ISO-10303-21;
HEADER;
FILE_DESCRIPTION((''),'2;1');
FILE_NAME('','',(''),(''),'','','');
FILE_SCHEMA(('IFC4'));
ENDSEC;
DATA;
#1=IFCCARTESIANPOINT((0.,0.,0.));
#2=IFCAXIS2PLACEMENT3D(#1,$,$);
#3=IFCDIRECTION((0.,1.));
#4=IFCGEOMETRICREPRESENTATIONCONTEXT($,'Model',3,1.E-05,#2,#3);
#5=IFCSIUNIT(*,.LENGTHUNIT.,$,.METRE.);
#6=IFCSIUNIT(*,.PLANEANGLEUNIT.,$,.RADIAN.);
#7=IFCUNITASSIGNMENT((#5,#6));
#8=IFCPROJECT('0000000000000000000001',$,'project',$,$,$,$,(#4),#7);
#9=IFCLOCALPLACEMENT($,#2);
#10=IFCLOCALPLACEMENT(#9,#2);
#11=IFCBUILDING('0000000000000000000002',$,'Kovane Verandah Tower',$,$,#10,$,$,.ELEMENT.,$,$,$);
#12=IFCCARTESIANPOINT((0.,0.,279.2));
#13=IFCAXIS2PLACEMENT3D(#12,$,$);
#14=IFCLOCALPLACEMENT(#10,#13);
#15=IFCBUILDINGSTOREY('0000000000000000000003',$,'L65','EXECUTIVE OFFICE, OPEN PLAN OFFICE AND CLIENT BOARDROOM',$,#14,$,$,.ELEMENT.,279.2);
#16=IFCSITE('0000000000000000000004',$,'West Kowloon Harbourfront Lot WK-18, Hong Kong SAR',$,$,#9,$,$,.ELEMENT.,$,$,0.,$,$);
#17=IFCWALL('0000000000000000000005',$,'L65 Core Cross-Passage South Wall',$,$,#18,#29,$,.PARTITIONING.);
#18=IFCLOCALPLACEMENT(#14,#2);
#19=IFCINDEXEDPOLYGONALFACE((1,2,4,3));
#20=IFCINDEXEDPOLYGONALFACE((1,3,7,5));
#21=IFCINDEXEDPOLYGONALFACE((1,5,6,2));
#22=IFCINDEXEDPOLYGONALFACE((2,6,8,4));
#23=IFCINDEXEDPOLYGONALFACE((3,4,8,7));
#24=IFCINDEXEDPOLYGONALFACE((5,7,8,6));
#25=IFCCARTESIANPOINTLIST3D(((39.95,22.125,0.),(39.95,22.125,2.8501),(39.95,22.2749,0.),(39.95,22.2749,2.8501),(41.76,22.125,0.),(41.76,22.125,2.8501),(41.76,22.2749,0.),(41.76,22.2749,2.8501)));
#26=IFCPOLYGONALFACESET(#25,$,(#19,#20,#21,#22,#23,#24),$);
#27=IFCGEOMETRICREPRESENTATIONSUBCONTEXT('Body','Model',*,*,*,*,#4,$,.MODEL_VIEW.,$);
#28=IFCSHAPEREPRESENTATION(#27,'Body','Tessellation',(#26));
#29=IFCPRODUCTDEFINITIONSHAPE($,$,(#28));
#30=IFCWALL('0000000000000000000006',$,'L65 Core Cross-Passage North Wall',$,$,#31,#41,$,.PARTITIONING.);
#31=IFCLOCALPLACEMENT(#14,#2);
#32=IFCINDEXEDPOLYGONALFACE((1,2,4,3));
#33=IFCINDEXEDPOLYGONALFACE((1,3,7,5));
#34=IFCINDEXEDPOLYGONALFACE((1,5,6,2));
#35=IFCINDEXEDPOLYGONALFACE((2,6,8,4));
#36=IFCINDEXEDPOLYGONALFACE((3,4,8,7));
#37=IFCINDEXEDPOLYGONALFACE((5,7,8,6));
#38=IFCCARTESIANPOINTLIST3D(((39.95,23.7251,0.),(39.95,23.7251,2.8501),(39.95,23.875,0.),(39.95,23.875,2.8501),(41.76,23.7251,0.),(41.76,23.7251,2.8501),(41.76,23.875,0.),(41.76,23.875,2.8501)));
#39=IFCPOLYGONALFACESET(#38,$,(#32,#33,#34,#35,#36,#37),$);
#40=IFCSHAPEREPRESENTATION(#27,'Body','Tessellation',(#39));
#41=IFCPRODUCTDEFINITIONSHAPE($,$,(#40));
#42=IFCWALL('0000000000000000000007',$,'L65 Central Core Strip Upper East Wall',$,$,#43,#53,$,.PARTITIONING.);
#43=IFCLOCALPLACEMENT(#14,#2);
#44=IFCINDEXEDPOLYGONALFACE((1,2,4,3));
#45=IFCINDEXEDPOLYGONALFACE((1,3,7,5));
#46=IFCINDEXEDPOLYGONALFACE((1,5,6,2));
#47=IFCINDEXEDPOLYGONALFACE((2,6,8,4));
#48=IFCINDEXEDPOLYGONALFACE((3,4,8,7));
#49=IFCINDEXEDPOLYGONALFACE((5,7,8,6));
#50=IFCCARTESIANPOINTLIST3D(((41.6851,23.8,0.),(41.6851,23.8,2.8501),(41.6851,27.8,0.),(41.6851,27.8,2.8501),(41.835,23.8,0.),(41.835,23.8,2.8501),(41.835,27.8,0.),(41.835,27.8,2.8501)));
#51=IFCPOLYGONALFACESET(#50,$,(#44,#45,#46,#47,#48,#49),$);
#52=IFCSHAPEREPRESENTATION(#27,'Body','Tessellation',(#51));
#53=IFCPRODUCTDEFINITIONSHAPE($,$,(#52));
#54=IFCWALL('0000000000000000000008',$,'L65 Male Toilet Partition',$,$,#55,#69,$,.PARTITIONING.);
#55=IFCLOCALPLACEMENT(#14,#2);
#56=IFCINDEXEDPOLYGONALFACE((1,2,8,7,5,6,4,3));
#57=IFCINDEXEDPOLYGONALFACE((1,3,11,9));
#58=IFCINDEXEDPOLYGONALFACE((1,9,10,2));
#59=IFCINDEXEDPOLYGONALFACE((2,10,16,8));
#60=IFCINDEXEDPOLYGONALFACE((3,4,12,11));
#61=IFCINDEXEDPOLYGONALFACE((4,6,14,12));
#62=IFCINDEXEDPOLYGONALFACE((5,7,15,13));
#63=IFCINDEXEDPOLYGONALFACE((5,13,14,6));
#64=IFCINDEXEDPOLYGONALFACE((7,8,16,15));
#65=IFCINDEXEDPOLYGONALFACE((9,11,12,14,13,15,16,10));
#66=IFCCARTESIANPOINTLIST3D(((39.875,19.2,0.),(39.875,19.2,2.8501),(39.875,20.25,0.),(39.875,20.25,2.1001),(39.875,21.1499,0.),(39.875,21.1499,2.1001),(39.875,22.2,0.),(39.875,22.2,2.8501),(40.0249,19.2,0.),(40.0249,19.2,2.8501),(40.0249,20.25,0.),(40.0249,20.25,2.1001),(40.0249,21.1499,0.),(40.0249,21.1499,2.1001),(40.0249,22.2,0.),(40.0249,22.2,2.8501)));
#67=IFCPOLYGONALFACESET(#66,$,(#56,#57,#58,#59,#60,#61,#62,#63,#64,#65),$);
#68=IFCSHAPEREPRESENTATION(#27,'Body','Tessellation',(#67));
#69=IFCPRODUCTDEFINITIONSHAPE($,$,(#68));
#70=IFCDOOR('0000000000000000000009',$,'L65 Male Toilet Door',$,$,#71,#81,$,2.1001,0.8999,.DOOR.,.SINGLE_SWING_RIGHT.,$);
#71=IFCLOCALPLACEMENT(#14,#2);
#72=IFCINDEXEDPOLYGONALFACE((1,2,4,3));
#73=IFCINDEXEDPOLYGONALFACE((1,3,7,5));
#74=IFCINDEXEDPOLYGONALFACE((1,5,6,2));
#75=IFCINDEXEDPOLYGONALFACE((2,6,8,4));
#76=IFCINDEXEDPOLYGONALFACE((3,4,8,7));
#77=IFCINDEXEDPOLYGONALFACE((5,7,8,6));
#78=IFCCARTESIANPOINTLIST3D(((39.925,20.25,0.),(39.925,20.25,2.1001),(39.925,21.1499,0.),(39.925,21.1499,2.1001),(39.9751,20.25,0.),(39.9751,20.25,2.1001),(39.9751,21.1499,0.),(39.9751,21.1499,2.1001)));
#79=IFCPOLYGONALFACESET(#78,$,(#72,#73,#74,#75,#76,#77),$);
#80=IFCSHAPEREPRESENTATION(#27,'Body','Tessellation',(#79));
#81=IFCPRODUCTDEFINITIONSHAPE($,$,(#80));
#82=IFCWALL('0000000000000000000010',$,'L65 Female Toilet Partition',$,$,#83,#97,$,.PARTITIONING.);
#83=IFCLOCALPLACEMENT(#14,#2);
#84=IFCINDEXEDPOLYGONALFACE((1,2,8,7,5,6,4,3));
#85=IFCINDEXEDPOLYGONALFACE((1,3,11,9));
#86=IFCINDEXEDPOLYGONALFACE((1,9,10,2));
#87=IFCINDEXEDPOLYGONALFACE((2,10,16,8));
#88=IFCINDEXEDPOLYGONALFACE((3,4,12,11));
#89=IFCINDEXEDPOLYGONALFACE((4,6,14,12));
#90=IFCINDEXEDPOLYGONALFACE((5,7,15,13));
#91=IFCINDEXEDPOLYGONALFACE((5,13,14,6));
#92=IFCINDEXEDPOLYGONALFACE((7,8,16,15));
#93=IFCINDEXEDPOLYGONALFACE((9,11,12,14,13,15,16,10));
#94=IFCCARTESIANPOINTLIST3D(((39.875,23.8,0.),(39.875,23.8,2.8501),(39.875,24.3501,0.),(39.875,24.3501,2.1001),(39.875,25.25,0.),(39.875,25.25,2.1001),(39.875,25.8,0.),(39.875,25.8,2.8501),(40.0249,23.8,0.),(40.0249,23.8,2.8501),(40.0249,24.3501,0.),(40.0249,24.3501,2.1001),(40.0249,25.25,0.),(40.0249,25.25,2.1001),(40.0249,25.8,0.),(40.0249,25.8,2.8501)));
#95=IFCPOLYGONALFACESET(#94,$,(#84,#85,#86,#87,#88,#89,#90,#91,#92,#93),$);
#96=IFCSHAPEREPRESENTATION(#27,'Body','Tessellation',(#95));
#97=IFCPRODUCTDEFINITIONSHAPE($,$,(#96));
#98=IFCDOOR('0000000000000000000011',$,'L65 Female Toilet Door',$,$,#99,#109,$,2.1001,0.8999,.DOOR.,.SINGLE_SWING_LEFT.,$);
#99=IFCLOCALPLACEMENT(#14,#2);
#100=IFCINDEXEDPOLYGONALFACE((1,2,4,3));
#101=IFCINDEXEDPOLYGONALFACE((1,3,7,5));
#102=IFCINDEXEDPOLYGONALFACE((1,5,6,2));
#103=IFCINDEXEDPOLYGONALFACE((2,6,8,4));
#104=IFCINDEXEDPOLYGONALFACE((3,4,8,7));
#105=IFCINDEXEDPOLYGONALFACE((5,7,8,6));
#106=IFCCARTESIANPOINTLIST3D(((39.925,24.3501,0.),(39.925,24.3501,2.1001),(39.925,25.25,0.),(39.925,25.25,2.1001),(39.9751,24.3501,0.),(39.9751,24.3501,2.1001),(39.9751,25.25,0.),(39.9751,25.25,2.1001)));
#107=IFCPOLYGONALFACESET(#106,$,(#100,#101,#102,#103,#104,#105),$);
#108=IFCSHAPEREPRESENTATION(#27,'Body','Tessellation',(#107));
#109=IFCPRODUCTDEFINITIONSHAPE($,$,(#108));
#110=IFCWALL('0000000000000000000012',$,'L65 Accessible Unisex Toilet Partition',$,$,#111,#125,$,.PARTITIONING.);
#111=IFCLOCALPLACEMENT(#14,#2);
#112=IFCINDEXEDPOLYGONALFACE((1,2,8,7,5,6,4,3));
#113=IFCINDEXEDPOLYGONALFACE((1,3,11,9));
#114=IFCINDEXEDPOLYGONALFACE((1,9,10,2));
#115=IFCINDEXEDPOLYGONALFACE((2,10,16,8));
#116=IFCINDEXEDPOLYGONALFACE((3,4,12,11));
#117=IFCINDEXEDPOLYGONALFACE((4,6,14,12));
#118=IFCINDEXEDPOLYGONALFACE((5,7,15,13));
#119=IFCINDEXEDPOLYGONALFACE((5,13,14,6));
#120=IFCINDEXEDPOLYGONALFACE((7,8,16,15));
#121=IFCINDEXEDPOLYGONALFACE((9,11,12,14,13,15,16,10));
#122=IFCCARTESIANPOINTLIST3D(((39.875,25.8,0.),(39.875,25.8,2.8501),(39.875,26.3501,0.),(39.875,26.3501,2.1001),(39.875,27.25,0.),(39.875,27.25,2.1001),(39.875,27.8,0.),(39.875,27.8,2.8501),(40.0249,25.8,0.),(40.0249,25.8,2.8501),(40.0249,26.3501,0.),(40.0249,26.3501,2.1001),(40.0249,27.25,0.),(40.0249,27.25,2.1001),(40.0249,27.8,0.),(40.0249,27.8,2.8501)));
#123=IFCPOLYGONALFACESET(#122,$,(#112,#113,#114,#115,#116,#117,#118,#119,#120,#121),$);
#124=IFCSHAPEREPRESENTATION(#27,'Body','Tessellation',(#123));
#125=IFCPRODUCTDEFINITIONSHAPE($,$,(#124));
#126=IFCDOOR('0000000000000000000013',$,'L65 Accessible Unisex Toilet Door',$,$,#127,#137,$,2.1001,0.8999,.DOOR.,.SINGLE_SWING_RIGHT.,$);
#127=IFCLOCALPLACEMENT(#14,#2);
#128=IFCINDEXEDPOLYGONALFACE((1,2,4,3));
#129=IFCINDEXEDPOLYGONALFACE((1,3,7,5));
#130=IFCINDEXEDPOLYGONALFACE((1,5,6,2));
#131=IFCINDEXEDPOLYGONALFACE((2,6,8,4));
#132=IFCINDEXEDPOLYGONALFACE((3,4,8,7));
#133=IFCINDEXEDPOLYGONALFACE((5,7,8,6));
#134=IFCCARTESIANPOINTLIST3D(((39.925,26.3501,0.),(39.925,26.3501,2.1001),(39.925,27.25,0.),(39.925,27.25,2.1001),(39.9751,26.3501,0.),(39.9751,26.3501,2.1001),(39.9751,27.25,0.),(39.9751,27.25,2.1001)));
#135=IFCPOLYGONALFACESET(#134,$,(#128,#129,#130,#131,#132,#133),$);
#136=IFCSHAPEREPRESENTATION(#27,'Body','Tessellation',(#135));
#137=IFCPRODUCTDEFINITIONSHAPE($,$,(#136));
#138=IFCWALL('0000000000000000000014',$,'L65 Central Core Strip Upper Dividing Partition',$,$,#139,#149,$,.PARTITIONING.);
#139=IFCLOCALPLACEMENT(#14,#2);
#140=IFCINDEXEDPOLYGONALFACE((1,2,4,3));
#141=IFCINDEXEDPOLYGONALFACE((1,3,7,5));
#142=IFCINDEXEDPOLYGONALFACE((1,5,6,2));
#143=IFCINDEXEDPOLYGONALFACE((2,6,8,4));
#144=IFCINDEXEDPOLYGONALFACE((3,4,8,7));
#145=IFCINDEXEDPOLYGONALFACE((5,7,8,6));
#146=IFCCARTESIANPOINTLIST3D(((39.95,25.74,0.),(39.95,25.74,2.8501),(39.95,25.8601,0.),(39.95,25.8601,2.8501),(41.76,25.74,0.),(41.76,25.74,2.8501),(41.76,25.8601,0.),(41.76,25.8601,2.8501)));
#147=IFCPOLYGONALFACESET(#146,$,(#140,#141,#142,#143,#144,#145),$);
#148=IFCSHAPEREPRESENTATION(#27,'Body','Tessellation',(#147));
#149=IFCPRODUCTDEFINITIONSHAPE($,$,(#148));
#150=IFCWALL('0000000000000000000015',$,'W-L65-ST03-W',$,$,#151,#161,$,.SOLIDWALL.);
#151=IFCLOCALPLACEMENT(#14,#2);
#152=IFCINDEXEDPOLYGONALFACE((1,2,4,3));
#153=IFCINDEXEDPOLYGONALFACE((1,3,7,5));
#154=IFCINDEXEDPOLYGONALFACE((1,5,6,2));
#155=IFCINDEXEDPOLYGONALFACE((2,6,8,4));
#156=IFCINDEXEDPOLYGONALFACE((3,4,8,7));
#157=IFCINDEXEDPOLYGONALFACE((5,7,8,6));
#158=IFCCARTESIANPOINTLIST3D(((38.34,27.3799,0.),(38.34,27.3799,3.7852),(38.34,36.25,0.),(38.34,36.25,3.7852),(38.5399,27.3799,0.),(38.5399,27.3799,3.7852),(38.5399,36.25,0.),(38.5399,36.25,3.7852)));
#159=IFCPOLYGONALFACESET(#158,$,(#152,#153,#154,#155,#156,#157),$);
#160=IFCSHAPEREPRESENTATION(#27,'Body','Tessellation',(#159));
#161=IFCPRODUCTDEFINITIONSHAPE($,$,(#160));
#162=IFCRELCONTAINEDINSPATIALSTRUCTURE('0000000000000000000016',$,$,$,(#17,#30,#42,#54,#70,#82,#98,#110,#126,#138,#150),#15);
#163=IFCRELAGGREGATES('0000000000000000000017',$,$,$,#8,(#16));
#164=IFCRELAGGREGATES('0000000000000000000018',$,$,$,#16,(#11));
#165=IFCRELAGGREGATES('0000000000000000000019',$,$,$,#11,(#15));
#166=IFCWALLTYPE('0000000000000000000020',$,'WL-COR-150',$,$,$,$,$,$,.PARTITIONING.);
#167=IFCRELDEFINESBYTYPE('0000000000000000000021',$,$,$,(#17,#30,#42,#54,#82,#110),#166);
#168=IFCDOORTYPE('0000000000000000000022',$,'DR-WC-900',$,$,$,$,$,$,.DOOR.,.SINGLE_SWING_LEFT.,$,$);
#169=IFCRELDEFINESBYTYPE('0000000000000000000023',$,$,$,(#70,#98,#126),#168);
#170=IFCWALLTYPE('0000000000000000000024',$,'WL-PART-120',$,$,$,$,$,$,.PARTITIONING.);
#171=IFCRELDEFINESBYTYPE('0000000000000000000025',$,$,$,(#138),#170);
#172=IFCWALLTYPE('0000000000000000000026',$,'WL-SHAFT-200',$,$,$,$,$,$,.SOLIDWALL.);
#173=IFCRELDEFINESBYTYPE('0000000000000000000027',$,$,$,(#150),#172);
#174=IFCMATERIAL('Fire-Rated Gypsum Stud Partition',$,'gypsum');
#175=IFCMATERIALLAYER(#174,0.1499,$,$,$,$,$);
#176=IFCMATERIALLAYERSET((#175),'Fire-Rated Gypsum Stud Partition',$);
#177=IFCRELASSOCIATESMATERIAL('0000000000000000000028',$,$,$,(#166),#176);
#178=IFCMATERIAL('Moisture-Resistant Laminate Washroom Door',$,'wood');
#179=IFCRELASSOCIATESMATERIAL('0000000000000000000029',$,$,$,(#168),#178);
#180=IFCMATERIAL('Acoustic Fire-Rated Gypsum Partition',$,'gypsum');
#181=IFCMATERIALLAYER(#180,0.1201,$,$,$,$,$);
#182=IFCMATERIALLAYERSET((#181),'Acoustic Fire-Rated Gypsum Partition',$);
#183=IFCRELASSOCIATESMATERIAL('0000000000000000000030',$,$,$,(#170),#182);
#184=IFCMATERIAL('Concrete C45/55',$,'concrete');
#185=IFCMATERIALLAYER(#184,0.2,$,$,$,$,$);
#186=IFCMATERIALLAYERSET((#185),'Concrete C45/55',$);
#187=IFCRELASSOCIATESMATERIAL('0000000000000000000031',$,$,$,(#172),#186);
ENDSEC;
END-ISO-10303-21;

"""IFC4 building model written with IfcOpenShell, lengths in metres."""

from ifc_helpers import new_model, si_unit, direction, frame, frame_2d, origin, place, context, subcontext, project, spatial, rectangle, extrude, material, layer, layer_set, type_object, element, fill, save


model = new_model("IFC4")

# Units and contexts
model_context = context("Model", 3, precision=1e-05, world=origin(), true_north=direction((0.0, 1.0)))
body_context = subcontext(model_context, "Body", "Model", "MODEL_VIEW")
ifc_project = project(units=[si_unit("LENGTHUNIT", "METRE"), si_unit("PLANEANGLEUNIT", "RADIAN")], contexts=[model_context])

# Site, building, storey
site_placement = place(None, origin())
site = spatial("IfcSite", under=ifc_project, at=site_placement, Name="West Kowloon Harbourfront Lot WK-18, Hong Kong SAR", CompositionType="ELEMENT", RefElevation=0.0)
building_placement = place(site_placement, origin())
building = spatial("IfcBuilding", under=site, at=building_placement, Name="Kovane Verandah Tower", CompositionType="ELEMENT")
storey_placement = place(building_placement, frame((0.0, 0.0, 279.2)))
storey = spatial("IfcBuildingStorey", under=building, at=storey_placement, Name="L65", Description="EXECUTIVE OFFICE, OPEN PLAN OFFICE AND CLIENT BOARDROOM", CompositionType="ELEMENT", Elevation=279.2)

# Walls
ifc_material_1 = material(Name="Fire-Rated Gypsum Stud Partition", Category="gypsum")
ifc_layer_1 = layer(ifc_material_1, 0.1499)
ifc_layer_set_1 = layer_set([ifc_layer_1], Name="Fire-Rated Gypsum Stud Partition")
wall_type_1 = type_object("IfcWallType", Name="WL-COR-150", PredefinedType="PARTITIONING", material=ifc_layer_set_1)
for number, where, z_axis, x_axis, name in (
    (1, (39.95, 22.2, 0.0), (0.0, 0.0, 1.0), (1.0, 0.0, 0.0), "L65 Core Cross-Passage South Wall"),
    (2, (39.95, 23.8, 0.0), (0.0, 0.0, 1.0), (1.0, 0.0, 0.0), "L65 Core Cross-Passage North Wall"),
):
    element("IfcWall", number, at=place(storey_placement, frame(where, z_axis=z_axis, x_axis=x_axis)), inside=storey, type_object=wall_type_1, Name=name, PredefinedType="PARTITIONING", context=body_context, shape_type="SweptSolid", body=[
        extrude(rectangle(XDim=1.8101, YDim=0.1499, at=frame_2d((0.905, 0.0))), origin(), (0.0, 0.0, 1.0), 2.8501),
    ])
wall_1_placement = place(storey_placement, frame((41.76, 23.8, 0.0), z_axis=(0.0, 0.0, 1.0), x_axis=(0.0, 1.0, 0.0)))
element("IfcWall", 3, at=wall_1_placement, inside=storey, type_object=wall_type_1, Name="L65 Central Core Strip Upper East Wall", PredefinedType="PARTITIONING", context=body_context, shape_type="SweptSolid", body=[
    extrude(rectangle(XDim=4.0, YDim=0.1499, at=frame_2d((2.0, 0.0))), origin(), (0.0, 0.0, 1.0), 2.8501),
])

# Walls, openings, doors
wall_2_placement = place(storey_placement, frame((39.95, 19.2, 0.0), z_axis=(0.0, 0.0, 1.0), x_axis=(0.0, 1.0, 0.0)))
wall_2 = element("IfcWall", 4, at=wall_2_placement, inside=storey, type_object=wall_type_1, Name="L65 Male Toilet Partition", PredefinedType="PARTITIONING", context=body_context, shape_type="SweptSolid", body=[
    extrude(rectangle(XDim=3.0, YDim=0.1499, at=frame_2d((1.5, 0.0))), origin(), (0.0, 0.0, 1.0), 2.8501),
])
opening_1_placement = place(wall_2_placement, frame((1.05, 0.0, 0.0)))
opening_1 = element("IfcOpeningElement", 5, at=opening_1_placement, cuts=wall_2, PredefinedType="OPENING", context=body_context, shape_type="SweptSolid", body=[
    extrude(rectangle(XDim=0.8999, YDim=2.1001, at=frame_2d((0.45, 1.05))), frame((0.0, 0.075, 0.0), z_axis=(0.0, -1.0, 0.0), x_axis=(1.0, 0.0, 0.0)), (0.0, 0.0, 1.0), 0.1499),
])
ifc_material_2 = material(Name="Moisture-Resistant Laminate Washroom Door", Category="wood")
door_type_1 = type_object("IfcDoorType", Name="DR-WC-900", OperationType="SINGLE_SWING_LEFT", PredefinedType="DOOR", material=ifc_material_2)
door_1_placement = place(opening_1_placement, origin())
door_1 = element("IfcDoor", 6, at=door_1_placement, inside=storey, type_object=door_type_1, Name="L65 Male Toilet Door", OperationType="SINGLE_SWING_RIGHT", OverallHeight=2.1001, OverallWidth=0.8999, PredefinedType="DOOR", context=body_context, shape_type="SweptSolid", body=[
    extrude(rectangle(XDim=0.8999, YDim=2.1001, at=frame_2d((0.45, 1.05))), frame((0.0, 0.0249, 0.0), z_axis=(0.0, -1.0, 0.0), x_axis=(1.0, 0.0, 0.0)), (0.0, 0.0, 1.0), 0.05),
])
fill(opening_1, door_1)
wall_3_placement = place(storey_placement, frame((39.95, 23.8, 0.0), z_axis=(0.0, 0.0, 1.0), x_axis=(0.0, 1.0, 0.0)))
wall_3 = element("IfcWall", 7, at=wall_3_placement, inside=storey, type_object=wall_type_1, Name="L65 Female Toilet Partition", PredefinedType="PARTITIONING", context=body_context, shape_type="SweptSolid", body=[
    extrude(rectangle(XDim=2.0, YDim=0.1499, at=frame_2d((1.0, 0.0))), origin(), (0.0, 0.0, 1.0), 2.8501),
])
opening_2_placement = place(wall_3_placement, frame((0.55, 0.0, 0.0)))
opening_2 = element("IfcOpeningElement", 8, at=opening_2_placement, cuts=wall_3, PredefinedType="OPENING", context=body_context, shape_type="SweptSolid", body=[
    extrude(rectangle(XDim=0.8999, YDim=2.1001, at=frame_2d((0.45, 1.05))), frame((0.0, 0.075, 0.0), z_axis=(0.0, -1.0, 0.0), x_axis=(1.0, 0.0, 0.0)), (0.0, 0.0, 1.0), 0.1499),
])
door_2_placement = place(opening_2_placement, origin())
door_2 = element("IfcDoor", 9, at=door_2_placement, inside=storey, type_object=door_type_1, Name="L65 Female Toilet Door", OperationType="SINGLE_SWING_LEFT", OverallHeight=2.1001, OverallWidth=0.8999, PredefinedType="DOOR", context=body_context, shape_type="SweptSolid", body=[
    extrude(rectangle(XDim=0.8999, YDim=2.1001, at=frame_2d((0.45, 1.05))), frame((0.0, 0.0249, 0.0), z_axis=(0.0, -1.0, 0.0), x_axis=(1.0, 0.0, 0.0)), (0.0, 0.0, 1.0), 0.05),
])
fill(opening_2, door_2)
wall_4_placement = place(storey_placement, frame((39.95, 25.8, 0.0), z_axis=(0.0, 0.0, 1.0), x_axis=(0.0, 1.0, 0.0)))
wall_4 = element("IfcWall", 10, at=wall_4_placement, inside=storey, type_object=wall_type_1, Name="L65 Accessible Unisex Toilet Partition", PredefinedType="PARTITIONING", context=body_context, shape_type="SweptSolid", body=[
    extrude(rectangle(XDim=2.0, YDim=0.1499, at=frame_2d((1.0, 0.0))), origin(), (0.0, 0.0, 1.0), 2.8501),
])
opening_3_placement = place(wall_4_placement, frame((0.55, 0.0, 0.0)))
opening_3 = element("IfcOpeningElement", 11, at=opening_3_placement, cuts=wall_4, PredefinedType="OPENING", context=body_context, shape_type="SweptSolid", body=[
    extrude(rectangle(XDim=0.8999, YDim=2.1001, at=frame_2d((0.45, 1.05))), frame((0.0, 0.075, 0.0), z_axis=(0.0, -1.0, 0.0), x_axis=(1.0, 0.0, 0.0)), (0.0, 0.0, 1.0), 0.1499),
])
door_3_placement = place(opening_3_placement, origin())
door_3 = element("IfcDoor", 12, at=door_3_placement, inside=storey, type_object=door_type_1, Name="L65 Accessible Unisex Toilet Door", OperationType="SINGLE_SWING_RIGHT", OverallHeight=2.1001, OverallWidth=0.8999, PredefinedType="DOOR", context=body_context, shape_type="SweptSolid", body=[
    extrude(rectangle(XDim=0.8999, YDim=2.1001, at=frame_2d((0.45, 1.05))), frame((0.0, 0.0249, 0.0), z_axis=(0.0, -1.0, 0.0), x_axis=(1.0, 0.0, 0.0)), (0.0, 0.0, 1.0), 0.05),
])
fill(opening_3, door_3)

# Walls
ifc_material_3 = material(Name="Acoustic Fire-Rated Gypsum Partition", Category="gypsum")
ifc_layer_2 = layer(ifc_material_3, 0.1201)
ifc_layer_set_2 = layer_set([ifc_layer_2], Name="Acoustic Fire-Rated Gypsum Partition")
wall_type_2 = type_object("IfcWallType", Name="WL-PART-120", PredefinedType="PARTITIONING", material=ifc_layer_set_2)
wall_5_placement = place(storey_placement, frame((39.95, 25.8, 0.0), z_axis=(0.0, 0.0, 1.0), x_axis=(1.0, 0.0, 0.0)))
element("IfcWall", 13, at=wall_5_placement, inside=storey, type_object=wall_type_2, Name="L65 Central Core Strip Upper Dividing Partition", PredefinedType="PARTITIONING", context=body_context, shape_type="SweptSolid", body=[
    extrude(rectangle(XDim=1.8101, YDim=0.1201, at=frame_2d((0.905, 0.0))), origin(), (0.0, 0.0, 1.0), 2.8501),
])
ifc_material_4 = material(Name="Concrete C45/55", Category="concrete")
ifc_layer_3 = layer(ifc_material_4, 0.2)
ifc_layer_set_3 = layer_set([ifc_layer_3], Name="Concrete C45/55")
wall_type_3 = type_object("IfcWallType", Name="WL-SHAFT-200", PredefinedType="SOLIDWALL", material=ifc_layer_set_3)
wall_6_placement = place(storey_placement, frame((38.4399, 27.3799, 0.0), z_axis=(0.0, 0.0, 1.0), x_axis=(0.0, 1.0, 0.0)))
element("IfcWall", 14, at=wall_6_placement, inside=storey, type_object=wall_type_3, Name="W-L65-ST03-W", PredefinedType="SOLIDWALL", context=body_context, shape_type="SweptSolid", body=[
    extrude(rectangle(XDim=8.8701, YDim=0.2, at=frame_2d((4.4351, 0.0))), origin(), (0.0, 0.0, 1.0), 3.7852),
])

save(model, "model.ifc")
